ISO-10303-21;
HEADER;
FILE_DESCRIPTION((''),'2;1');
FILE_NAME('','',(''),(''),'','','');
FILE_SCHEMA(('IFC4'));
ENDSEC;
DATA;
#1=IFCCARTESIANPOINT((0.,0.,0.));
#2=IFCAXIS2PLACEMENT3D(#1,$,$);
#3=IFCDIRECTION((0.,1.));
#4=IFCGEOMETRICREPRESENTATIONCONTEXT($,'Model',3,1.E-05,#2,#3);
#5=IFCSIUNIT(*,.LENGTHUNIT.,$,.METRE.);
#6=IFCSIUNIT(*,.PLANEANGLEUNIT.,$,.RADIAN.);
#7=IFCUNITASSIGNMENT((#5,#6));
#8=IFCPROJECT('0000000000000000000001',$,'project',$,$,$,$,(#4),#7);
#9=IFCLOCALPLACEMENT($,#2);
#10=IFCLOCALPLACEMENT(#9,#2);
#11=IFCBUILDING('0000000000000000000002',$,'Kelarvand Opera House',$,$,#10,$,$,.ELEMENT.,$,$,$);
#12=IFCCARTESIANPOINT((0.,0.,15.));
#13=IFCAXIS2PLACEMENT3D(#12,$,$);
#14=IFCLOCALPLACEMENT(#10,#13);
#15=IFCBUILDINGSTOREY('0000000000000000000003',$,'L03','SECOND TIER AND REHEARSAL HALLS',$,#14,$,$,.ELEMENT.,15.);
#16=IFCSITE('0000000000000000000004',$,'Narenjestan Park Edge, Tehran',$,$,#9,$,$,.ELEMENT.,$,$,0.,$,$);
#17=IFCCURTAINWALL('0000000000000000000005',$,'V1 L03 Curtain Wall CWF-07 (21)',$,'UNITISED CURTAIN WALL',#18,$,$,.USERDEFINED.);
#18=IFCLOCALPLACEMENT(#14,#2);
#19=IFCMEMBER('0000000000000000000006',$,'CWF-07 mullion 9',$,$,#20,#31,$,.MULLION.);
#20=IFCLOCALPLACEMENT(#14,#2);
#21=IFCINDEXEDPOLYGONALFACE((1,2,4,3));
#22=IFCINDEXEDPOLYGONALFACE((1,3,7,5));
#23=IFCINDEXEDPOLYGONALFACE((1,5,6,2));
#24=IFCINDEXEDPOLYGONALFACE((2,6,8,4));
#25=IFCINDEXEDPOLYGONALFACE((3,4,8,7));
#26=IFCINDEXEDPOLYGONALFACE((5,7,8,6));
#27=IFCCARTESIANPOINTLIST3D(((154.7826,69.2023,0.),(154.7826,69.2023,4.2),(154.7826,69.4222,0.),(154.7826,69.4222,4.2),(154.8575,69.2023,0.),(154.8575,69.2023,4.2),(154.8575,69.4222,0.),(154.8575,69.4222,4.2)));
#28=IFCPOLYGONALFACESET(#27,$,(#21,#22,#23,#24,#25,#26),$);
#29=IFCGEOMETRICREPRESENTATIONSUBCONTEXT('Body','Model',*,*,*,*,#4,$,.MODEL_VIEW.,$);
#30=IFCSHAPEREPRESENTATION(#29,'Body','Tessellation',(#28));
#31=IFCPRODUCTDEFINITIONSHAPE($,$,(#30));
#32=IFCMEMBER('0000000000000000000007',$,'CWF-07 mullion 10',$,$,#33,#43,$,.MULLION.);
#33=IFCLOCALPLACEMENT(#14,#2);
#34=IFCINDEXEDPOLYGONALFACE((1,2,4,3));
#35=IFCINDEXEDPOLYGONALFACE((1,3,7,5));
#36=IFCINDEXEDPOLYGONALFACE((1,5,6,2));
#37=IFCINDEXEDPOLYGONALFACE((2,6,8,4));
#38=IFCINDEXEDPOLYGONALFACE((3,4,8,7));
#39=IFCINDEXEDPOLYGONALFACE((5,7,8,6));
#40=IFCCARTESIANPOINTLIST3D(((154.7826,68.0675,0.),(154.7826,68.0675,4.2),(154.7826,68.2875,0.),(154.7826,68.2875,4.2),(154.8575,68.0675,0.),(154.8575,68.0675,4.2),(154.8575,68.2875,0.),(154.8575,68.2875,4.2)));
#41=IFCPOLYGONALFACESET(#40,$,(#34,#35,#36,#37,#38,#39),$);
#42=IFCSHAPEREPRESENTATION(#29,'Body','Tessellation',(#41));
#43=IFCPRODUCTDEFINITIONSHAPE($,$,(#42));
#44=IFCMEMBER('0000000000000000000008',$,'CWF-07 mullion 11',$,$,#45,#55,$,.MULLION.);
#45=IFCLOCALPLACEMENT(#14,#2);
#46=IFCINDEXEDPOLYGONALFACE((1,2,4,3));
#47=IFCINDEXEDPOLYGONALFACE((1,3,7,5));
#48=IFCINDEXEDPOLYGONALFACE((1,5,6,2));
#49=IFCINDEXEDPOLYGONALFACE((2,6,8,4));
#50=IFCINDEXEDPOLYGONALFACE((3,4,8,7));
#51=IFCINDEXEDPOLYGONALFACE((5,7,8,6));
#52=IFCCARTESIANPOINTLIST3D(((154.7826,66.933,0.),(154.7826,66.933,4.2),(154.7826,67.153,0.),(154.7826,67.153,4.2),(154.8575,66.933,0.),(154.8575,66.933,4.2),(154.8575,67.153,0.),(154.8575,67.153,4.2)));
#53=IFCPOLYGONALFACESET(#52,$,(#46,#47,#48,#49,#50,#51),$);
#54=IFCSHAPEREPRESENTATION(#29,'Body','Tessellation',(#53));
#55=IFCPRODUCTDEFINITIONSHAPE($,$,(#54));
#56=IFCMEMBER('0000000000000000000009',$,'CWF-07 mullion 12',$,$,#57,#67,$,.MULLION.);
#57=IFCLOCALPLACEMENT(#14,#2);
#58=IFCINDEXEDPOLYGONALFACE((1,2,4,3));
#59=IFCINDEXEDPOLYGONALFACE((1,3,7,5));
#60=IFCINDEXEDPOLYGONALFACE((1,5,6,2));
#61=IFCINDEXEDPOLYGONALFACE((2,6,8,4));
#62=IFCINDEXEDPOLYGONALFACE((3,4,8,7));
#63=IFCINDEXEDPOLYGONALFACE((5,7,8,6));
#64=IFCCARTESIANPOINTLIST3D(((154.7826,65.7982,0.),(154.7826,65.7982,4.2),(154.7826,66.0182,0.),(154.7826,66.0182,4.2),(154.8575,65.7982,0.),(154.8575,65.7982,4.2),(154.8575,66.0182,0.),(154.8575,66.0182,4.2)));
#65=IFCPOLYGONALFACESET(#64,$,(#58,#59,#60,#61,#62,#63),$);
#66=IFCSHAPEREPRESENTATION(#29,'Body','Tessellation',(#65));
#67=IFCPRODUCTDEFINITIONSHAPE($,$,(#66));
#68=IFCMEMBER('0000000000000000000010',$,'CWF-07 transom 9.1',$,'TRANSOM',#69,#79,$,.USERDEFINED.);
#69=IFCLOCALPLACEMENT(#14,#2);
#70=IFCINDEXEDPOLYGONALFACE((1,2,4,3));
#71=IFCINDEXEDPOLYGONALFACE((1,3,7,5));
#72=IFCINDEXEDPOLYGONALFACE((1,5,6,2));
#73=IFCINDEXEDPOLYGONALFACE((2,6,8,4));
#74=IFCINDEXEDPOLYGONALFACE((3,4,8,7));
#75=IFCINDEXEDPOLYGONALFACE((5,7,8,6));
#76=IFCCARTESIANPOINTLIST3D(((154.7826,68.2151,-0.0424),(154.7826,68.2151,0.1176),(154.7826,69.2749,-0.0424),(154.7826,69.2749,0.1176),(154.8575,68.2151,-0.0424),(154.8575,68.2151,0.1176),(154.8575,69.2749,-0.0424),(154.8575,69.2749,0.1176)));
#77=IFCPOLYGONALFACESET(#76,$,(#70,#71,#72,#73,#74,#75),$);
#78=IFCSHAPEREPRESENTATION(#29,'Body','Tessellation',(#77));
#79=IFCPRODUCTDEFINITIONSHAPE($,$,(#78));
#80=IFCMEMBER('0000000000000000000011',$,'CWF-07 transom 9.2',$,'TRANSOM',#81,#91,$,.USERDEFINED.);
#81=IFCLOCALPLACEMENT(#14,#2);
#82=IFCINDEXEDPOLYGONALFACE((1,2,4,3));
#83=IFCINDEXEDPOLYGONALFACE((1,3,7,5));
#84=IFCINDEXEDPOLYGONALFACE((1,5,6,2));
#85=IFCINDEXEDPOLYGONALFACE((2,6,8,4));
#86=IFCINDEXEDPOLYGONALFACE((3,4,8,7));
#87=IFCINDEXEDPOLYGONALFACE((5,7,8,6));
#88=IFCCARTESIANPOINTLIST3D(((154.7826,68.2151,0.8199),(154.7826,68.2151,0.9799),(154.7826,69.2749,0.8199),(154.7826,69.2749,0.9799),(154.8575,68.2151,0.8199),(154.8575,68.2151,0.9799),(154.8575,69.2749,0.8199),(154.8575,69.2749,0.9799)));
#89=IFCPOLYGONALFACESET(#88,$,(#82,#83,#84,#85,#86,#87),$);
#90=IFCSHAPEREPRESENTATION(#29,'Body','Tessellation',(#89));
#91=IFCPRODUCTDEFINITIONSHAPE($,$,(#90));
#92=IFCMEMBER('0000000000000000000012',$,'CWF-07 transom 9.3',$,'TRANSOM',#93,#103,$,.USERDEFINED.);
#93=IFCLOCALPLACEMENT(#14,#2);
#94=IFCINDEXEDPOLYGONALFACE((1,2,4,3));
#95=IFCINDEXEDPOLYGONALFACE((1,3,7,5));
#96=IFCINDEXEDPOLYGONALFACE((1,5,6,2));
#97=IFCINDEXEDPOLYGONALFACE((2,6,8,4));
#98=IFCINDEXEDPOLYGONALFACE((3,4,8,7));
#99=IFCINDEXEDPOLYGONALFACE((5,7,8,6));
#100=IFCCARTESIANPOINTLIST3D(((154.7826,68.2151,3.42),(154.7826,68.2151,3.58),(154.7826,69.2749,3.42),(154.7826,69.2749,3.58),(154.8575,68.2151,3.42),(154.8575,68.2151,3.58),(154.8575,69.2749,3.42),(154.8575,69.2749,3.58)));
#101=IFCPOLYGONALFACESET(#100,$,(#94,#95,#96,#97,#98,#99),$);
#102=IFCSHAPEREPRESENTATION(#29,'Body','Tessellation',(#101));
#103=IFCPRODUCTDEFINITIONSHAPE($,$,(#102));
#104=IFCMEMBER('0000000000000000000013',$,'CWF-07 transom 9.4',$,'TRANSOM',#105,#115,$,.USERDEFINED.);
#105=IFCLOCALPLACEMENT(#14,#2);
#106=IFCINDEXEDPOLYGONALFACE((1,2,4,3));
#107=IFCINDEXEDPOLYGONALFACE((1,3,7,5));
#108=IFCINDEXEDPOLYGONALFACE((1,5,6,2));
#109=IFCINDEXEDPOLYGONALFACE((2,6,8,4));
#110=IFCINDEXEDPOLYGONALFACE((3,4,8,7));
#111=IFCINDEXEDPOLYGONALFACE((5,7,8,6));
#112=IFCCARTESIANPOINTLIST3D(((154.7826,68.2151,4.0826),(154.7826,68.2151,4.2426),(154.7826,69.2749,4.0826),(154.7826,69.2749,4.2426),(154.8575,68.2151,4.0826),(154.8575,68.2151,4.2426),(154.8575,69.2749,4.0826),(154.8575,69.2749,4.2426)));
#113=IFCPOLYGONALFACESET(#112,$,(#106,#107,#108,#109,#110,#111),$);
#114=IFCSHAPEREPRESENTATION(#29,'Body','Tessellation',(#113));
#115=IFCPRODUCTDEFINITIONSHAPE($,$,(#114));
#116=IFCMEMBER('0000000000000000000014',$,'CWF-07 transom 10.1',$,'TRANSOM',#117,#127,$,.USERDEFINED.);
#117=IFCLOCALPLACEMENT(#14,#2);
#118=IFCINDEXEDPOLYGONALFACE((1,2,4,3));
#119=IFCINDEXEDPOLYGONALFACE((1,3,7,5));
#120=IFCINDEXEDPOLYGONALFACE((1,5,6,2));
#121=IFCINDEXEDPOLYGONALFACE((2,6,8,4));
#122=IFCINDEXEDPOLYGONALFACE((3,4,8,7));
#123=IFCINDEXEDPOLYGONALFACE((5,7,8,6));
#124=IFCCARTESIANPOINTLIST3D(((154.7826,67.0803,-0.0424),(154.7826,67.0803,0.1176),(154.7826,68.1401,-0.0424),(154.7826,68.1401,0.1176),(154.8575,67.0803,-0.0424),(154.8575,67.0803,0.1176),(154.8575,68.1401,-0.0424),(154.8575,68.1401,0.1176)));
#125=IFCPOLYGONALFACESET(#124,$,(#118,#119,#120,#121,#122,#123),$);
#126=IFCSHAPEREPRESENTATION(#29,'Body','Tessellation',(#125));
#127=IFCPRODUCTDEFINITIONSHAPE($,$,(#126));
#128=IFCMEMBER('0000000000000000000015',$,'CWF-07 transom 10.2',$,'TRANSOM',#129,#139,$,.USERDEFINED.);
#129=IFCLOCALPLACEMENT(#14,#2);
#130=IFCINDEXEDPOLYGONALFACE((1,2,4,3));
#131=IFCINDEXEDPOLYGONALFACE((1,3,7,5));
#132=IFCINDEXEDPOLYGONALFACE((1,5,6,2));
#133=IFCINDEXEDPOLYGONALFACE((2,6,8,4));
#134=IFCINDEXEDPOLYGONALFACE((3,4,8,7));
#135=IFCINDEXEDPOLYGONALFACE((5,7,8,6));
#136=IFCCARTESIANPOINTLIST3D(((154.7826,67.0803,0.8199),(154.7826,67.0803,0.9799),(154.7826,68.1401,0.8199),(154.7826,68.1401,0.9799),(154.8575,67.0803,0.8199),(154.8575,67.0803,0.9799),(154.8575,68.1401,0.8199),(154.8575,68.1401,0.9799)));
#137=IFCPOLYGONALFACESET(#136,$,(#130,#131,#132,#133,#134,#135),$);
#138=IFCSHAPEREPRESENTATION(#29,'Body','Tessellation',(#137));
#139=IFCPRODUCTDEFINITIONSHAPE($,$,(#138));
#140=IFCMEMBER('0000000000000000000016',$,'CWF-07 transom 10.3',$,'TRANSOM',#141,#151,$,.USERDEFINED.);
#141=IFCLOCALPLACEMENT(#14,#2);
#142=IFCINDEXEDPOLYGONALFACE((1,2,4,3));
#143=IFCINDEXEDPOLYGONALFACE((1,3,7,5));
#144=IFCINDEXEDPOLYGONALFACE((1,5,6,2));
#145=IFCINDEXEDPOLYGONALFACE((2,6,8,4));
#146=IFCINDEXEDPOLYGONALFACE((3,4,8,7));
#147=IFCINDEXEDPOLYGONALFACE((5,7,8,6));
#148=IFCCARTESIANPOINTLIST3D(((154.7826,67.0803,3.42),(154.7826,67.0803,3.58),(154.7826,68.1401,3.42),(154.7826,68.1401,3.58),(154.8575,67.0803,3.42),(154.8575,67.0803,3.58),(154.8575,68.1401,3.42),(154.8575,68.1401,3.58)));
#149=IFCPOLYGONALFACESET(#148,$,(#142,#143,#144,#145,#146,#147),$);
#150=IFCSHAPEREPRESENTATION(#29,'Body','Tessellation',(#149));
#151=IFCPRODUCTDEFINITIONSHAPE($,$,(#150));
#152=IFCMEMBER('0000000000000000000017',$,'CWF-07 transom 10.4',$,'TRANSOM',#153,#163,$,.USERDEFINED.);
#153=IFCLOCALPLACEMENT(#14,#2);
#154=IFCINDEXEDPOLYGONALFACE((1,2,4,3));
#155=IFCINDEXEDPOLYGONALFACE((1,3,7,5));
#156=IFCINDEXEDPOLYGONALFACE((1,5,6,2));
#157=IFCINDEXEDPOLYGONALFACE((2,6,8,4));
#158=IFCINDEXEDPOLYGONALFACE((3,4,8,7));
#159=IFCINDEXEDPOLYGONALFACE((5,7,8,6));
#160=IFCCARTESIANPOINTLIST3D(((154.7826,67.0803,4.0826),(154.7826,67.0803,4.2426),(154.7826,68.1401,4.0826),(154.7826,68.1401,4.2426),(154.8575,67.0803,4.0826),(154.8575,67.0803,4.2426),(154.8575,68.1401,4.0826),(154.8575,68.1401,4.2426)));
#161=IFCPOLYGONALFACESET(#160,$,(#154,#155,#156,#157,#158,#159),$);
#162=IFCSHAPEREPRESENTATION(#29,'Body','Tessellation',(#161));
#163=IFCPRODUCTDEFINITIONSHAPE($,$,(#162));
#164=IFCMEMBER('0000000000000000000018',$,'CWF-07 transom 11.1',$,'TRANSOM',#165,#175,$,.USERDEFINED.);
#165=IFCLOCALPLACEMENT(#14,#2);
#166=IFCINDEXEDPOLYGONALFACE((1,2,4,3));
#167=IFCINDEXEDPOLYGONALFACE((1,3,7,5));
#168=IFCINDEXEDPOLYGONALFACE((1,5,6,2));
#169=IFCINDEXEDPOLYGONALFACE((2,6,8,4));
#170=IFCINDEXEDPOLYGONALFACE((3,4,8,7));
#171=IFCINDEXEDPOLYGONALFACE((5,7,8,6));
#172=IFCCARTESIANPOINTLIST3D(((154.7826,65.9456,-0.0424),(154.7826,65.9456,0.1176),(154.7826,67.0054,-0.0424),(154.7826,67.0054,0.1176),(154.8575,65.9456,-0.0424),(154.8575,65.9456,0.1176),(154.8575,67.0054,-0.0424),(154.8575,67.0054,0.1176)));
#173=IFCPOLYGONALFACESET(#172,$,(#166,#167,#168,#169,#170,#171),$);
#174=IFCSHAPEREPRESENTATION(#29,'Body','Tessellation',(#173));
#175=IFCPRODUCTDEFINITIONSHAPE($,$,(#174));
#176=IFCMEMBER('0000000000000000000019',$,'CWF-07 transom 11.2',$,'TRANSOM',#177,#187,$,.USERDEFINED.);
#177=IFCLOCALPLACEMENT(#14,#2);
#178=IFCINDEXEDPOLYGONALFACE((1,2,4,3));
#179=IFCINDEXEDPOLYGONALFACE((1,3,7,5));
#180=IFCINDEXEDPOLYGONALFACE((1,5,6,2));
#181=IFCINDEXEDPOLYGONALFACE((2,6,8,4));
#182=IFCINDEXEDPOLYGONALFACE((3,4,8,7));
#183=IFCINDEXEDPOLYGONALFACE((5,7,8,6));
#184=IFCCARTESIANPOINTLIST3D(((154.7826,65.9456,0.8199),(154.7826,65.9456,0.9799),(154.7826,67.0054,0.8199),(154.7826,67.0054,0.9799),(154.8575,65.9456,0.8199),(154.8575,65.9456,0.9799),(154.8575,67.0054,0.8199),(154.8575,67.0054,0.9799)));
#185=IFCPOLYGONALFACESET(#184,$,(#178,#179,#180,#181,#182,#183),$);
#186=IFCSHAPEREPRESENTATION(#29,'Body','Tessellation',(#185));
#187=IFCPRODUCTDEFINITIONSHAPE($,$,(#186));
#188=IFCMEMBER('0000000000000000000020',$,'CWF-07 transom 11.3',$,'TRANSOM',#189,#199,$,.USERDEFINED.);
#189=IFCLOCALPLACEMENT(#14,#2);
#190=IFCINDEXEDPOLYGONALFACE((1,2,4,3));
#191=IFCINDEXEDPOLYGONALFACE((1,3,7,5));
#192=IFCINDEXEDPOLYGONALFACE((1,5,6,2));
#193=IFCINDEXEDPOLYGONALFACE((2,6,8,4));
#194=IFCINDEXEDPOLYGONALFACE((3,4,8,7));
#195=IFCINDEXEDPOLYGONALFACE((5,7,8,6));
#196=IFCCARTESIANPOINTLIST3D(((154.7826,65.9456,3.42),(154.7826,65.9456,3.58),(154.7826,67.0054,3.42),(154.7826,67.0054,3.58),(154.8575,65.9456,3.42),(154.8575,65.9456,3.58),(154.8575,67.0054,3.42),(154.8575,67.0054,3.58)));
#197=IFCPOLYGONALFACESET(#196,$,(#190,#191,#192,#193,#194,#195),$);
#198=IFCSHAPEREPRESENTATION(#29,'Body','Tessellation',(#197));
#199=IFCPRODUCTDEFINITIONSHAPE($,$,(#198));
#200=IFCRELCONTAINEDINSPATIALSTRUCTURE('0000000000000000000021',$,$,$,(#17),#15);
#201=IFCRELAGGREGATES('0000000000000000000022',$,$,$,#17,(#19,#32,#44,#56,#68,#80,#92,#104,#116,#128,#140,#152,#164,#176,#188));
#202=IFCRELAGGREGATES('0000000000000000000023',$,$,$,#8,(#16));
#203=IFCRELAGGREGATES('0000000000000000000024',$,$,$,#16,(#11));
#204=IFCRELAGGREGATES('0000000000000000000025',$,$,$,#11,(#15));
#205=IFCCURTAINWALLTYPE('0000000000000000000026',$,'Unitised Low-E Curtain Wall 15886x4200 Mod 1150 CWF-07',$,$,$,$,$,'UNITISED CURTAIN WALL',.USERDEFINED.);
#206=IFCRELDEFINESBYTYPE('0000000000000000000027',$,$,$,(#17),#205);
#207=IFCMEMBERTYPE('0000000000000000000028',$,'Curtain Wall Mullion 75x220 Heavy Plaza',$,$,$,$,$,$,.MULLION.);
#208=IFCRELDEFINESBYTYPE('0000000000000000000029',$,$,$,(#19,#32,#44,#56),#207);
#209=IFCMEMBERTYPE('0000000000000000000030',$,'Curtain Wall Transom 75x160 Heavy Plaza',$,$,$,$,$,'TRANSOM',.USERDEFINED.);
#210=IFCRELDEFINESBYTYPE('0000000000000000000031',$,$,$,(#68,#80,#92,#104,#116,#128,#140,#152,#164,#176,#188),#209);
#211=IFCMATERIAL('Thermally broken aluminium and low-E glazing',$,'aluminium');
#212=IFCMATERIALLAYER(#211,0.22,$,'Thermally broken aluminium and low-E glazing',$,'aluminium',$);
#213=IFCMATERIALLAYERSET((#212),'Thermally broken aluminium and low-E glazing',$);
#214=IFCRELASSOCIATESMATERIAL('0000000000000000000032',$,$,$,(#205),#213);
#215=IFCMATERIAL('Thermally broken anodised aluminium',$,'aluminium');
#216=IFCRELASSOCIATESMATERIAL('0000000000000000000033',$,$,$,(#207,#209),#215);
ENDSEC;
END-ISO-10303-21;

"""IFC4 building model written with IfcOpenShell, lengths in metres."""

from ifc_helpers import new_model, si_unit, direction, frame, origin, origin_2d, place, context, subcontext, project, spatial, rectangle, extrude, material, layer, layer_set, material_profile, profile_set, type_object, element, aggregate, save


model = new_model("IFC4")

# Units and contexts
model_context = context("Model", 3, precision=1e-05, world=origin(), true_north=direction((0.0, 1.0)))
body_context = subcontext(model_context, "Body", "Model", "MODEL_VIEW")
ifc_project = project(units=[si_unit("LENGTHUNIT", "METRE"), si_unit("PLANEANGLEUNIT", "RADIAN")], contexts=[model_context])

# Site, building, storey
site_placement = place(None, origin())
site = spatial("IfcSite", under=ifc_project, at=site_placement, Name="Narenjestan Park Edge, Tehran", CompositionType="ELEMENT", RefElevation=0.0)
building_placement = place(site_placement, origin())
building = spatial("IfcBuilding", under=site, at=building_placement, Name="Kelarvand Opera House", CompositionType="ELEMENT")
storey_placement = place(building_placement, frame((0.0, 0.0, 15.0)))
storey = spatial("IfcBuildingStorey", under=building, at=storey_placement, Name="L03", Description="SECOND TIER AND REHEARSAL HALLS", CompositionType="ELEMENT", Elevation=15.0)

# Curtain wall, members
ifc_material_1 = material(Name="Thermally broken aluminium and low-E glazing", Category="aluminium")
ifc_layer_1 = layer(ifc_material_1, 0.22, Name="Thermally broken aluminium and low-E glazing", Category="aluminium")
ifc_layer_set_1 = layer_set([ifc_layer_1], Name="Thermally broken aluminium and low-E glazing")
curtain_wall_type = type_object("IfcCurtainWallType", Name="Unitised Low-E Curtain Wall 15886x4200 Mod 1150 CWF-07", ElementType="UNITISED CURTAIN WALL", PredefinedType="USERDEFINED", material=ifc_layer_set_1)
curtain_wall_placement = place(storey_placement, origin())
curtain_wall = element("IfcCurtainWall", 1, at=curtain_wall_placement, inside=storey, type_object=curtain_wall_type, Name="V1 L03 Curtain Wall CWF-07 (21)", ObjectType="UNITISED CURTAIN WALL", PredefinedType="USERDEFINED")
ifc_material_2 = material(Name="Thermally broken anodised aluminium", Category="aluminium")
ifc_material_profile_1 = material_profile(ifc_material_2, rectangle(XDim=0.075, YDim=0.22, at=origin_2d()), Name="ALU MULLION 75x220", Category="aluminium")
ifc_profile_set_1 = profile_set([ifc_material_profile_1], Name="Thermally broken anodised aluminium")
member_type_1 = type_object("IfcMemberType", Name="Curtain Wall Mullion 75x220 Heavy Plaza", PredefinedType="MULLION", material=ifc_profile_set_1)
member_1_placement = place(storey_placement, frame((154.8201, 69.3123, 0.0), z_axis=(0.0, 0.0, 1.0), x_axis=(1.0, 0.0, 0.0)))
member_1 = element("IfcMember", 2, at=member_1_placement, type_object=member_type_1, Name="CWF-07 mullion 9", PredefinedType="MULLION", context=body_context, shape_type="SweptSolid", body=[
    extrude(rectangle(XDim=0.075, YDim=0.22, at=origin_2d()), origin(), (0.0, 0.0, 1.0), 4.2),
])
member_2_placement = place(storey_placement, frame((154.8201, 68.1775, 0.0), z_axis=(0.0, 0.0, 1.0), x_axis=(1.0, 0.0, 0.0)))
member_2 = element("IfcMember", 3, at=member_2_placement, type_object=member_type_1, Name="CWF-07 mullion 10", PredefinedType="MULLION", context=body_context, shape_type="SweptSolid", body=[
    extrude(rectangle(XDim=0.075, YDim=0.22, at=origin_2d()), origin(), (0.0, 0.0, 1.0), 4.2),
])
member_3_placement = place(storey_placement, frame((154.8201, 67.043, 0.0), z_axis=(0.0, 0.0, 1.0), x_axis=(1.0, 0.0, 0.0)))
member_3 = element("IfcMember", 4, at=member_3_placement, type_object=member_type_1, Name="CWF-07 mullion 11", PredefinedType="MULLION", context=body_context, shape_type="SweptSolid", body=[
    extrude(rectangle(XDim=0.075, YDim=0.22, at=origin_2d()), origin(), (0.0, 0.0, 1.0), 4.2),
])
member_4_placement = place(storey_placement, frame((154.8201, 65.9082, 0.0), z_axis=(0.0, 0.0, 1.0), x_axis=(1.0, 0.0, 0.0)))
member_4 = element("IfcMember", 5, at=member_4_placement, type_object=member_type_1, Name="CWF-07 mullion 12", PredefinedType="MULLION", context=body_context, shape_type="SweptSolid", body=[
    extrude(rectangle(XDim=0.075, YDim=0.22, at=origin_2d()), origin(), (0.0, 0.0, 1.0), 4.2),
])
ifc_material_profile_2 = material_profile(ifc_material_2, rectangle(XDim=0.075, YDim=0.1599, at=origin_2d()), Name="ALU TRANSOM 75x160", Category="aluminium")
ifc_profile_set_2 = profile_set([ifc_material_profile_2], Name="Thermally broken anodised aluminium")
member_type_2 = type_object("IfcMemberType", Name="Curtain Wall Transom 75x160 Heavy Plaza", ElementType="TRANSOM", PredefinedType="USERDEFINED", material=ifc_profile_set_2)
member_5_placement = place(storey_placement, frame((154.8201, 69.2749, 0.0376), z_axis=(0.0, -1.0, 0.0), x_axis=(1.0, 0.0, 0.0)))
member_5 = element("IfcMember", 6, at=member_5_placement, type_object=member_type_2, Name="CWF-07 transom 9.1", ObjectType="TRANSOM", PredefinedType="USERDEFINED", context=body_context, shape_type="SweptSolid", body=[
    extrude(rectangle(XDim=0.075, YDim=0.1599, at=origin_2d()), origin(), (0.0, 0.0, 1.0), 1.0598),
])
member_6_placement = place(storey_placement, frame((154.8201, 69.2749, 0.8999), z_axis=(0.0, -1.0, 0.0), x_axis=(1.0, 0.0, 0.0)))
member_6 = element("IfcMember", 7, at=member_6_placement, type_object=member_type_2, Name="CWF-07 transom 9.2", ObjectType="TRANSOM", PredefinedType="USERDEFINED", context=body_context, shape_type="SweptSolid", body=[
    extrude(rectangle(XDim=0.075, YDim=0.1599, at=origin_2d()), origin(), (0.0, 0.0, 1.0), 1.0598),
])
member_7_placement = place(storey_placement, frame((154.8201, 69.2749, 3.5), z_axis=(0.0, -1.0, 0.0), x_axis=(1.0, 0.0, 0.0)))
member_7 = element("IfcMember", 8, at=member_7_placement, type_object=member_type_2, Name="CWF-07 transom 9.3", ObjectType="TRANSOM", PredefinedType="USERDEFINED", context=body_context, shape_type="SweptSolid", body=[
    extrude(rectangle(XDim=0.075, YDim=0.1599, at=origin_2d()), origin(), (0.0, 0.0, 1.0), 1.0598),
])
member_8_placement = place(storey_placement, frame((154.8201, 69.2749, 4.1626), z_axis=(0.0, -1.0, 0.0), x_axis=(1.0, 0.0, 0.0)))
member_8 = element("IfcMember", 9, at=member_8_placement, type_object=member_type_2, Name="CWF-07 transom 9.4", ObjectType="TRANSOM", PredefinedType="USERDEFINED", context=body_context, shape_type="SweptSolid", body=[
    extrude(rectangle(XDim=0.075, YDim=0.1599, at=origin_2d()), origin(), (0.0, 0.0, 1.0), 1.0598),
])
member_9_placement = place(storey_placement, frame((154.8201, 68.1401, 0.0376), z_axis=(0.0, -1.0, 0.0), x_axis=(1.0, 0.0, 0.0)))
member_9 = element("IfcMember", 10, at=member_9_placement, type_object=member_type_2, Name="CWF-07 transom 10.1", ObjectType="TRANSOM", PredefinedType="USERDEFINED", context=body_context, shape_type="SweptSolid", body=[
    extrude(rectangle(XDim=0.075, YDim=0.1599, at=origin_2d()), origin(), (0.0, 0.0, 1.0), 1.0598),
])
member_10_placement = place(storey_placement, frame((154.8201, 68.1401, 0.8999), z_axis=(0.0, -1.0, 0.0), x_axis=(1.0, 0.0, 0.0)))
member_10 = element("IfcMember", 11, at=member_10_placement, type_object=member_type_2, Name="CWF-07 transom 10.2", ObjectType="TRANSOM", PredefinedType="USERDEFINED", context=body_context, shape_type="SweptSolid", body=[
    extrude(rectangle(XDim=0.075, YDim=0.1599, at=origin_2d()), origin(), (0.0, 0.0, 1.0), 1.0598),
])
member_11_placement = place(storey_placement, frame((154.8201, 68.1401, 3.5), z_axis=(0.0, -1.0, 0.0), x_axis=(1.0, 0.0, 0.0)))
member_11 = element("IfcMember", 12, at=member_11_placement, type_object=member_type_2, Name="CWF-07 transom 10.3", ObjectType="TRANSOM", PredefinedType="USERDEFINED", context=body_context, shape_type="SweptSolid", body=[
    extrude(rectangle(XDim=0.075, YDim=0.1599, at=origin_2d()), origin(), (0.0, 0.0, 1.0), 1.0598),
])
member_12_placement = place(storey_placement, frame((154.8201, 68.1401, 4.1626), z_axis=(0.0, -1.0, 0.0), x_axis=(1.0, 0.0, 0.0)))
member_12 = element("IfcMember", 13, at=member_12_placement, type_object=member_type_2, Name="CWF-07 transom 10.4", ObjectType="TRANSOM", PredefinedType="USERDEFINED", context=body_context, shape_type="SweptSolid", body=[
    extrude(rectangle(XDim=0.075, YDim=0.1599, at=origin_2d()), origin(), (0.0, 0.0, 1.0), 1.0598),
])
member_13_placement = place(storey_placement, frame((154.8201, 67.0054, 0.0376), z_axis=(0.0, -1.0, 0.0), x_axis=(1.0, 0.0, 0.0)))
member_13 = element("IfcMember", 14, at=member_13_placement, type_object=member_type_2, Name="CWF-07 transom 11.1", ObjectType="TRANSOM", PredefinedType="USERDEFINED", context=body_context, shape_type="SweptSolid", body=[
    extrude(rectangle(XDim=0.075, YDim=0.1599, at=origin_2d()), origin(), (0.0, 0.0, 1.0), 1.0598),
])
member_14_placement = place(storey_placement, frame((154.8201, 67.0054, 0.8999), z_axis=(0.0, -1.0, 0.0), x_axis=(1.0, 0.0, 0.0)))
member_14 = element("IfcMember", 15, at=member_14_placement, type_object=member_type_2, Name="CWF-07 transom 11.2", ObjectType="TRANSOM", PredefinedType="USERDEFINED", context=body_context, shape_type="SweptSolid", body=[
    extrude(rectangle(XDim=0.075, YDim=0.1599, at=origin_2d()), origin(), (0.0, 0.0, 1.0), 1.0598),
])
member_15_placement = place(storey_placement, frame((154.8201, 67.0054, 3.5), z_axis=(0.0, -1.0, 0.0), x_axis=(1.0, 0.0, 0.0)))
member_15 = element("IfcMember", 16, at=member_15_placement, type_object=member_type_2, Name="CWF-07 transom 11.3", ObjectType="TRANSOM", PredefinedType="USERDEFINED", context=body_context, shape_type="SweptSolid", body=[
    extrude(rectangle(XDim=0.075, YDim=0.1599, at=origin_2d()), origin(), (0.0, 0.0, 1.0), 1.0598),
])
aggregate(curtain_wall, [member_1, member_2, member_3, member_4, member_5, member_6, member_7, member_8, member_9, member_10, member_11, member_12, member_13, member_14, member_15])

save(model, "model.ifc")
